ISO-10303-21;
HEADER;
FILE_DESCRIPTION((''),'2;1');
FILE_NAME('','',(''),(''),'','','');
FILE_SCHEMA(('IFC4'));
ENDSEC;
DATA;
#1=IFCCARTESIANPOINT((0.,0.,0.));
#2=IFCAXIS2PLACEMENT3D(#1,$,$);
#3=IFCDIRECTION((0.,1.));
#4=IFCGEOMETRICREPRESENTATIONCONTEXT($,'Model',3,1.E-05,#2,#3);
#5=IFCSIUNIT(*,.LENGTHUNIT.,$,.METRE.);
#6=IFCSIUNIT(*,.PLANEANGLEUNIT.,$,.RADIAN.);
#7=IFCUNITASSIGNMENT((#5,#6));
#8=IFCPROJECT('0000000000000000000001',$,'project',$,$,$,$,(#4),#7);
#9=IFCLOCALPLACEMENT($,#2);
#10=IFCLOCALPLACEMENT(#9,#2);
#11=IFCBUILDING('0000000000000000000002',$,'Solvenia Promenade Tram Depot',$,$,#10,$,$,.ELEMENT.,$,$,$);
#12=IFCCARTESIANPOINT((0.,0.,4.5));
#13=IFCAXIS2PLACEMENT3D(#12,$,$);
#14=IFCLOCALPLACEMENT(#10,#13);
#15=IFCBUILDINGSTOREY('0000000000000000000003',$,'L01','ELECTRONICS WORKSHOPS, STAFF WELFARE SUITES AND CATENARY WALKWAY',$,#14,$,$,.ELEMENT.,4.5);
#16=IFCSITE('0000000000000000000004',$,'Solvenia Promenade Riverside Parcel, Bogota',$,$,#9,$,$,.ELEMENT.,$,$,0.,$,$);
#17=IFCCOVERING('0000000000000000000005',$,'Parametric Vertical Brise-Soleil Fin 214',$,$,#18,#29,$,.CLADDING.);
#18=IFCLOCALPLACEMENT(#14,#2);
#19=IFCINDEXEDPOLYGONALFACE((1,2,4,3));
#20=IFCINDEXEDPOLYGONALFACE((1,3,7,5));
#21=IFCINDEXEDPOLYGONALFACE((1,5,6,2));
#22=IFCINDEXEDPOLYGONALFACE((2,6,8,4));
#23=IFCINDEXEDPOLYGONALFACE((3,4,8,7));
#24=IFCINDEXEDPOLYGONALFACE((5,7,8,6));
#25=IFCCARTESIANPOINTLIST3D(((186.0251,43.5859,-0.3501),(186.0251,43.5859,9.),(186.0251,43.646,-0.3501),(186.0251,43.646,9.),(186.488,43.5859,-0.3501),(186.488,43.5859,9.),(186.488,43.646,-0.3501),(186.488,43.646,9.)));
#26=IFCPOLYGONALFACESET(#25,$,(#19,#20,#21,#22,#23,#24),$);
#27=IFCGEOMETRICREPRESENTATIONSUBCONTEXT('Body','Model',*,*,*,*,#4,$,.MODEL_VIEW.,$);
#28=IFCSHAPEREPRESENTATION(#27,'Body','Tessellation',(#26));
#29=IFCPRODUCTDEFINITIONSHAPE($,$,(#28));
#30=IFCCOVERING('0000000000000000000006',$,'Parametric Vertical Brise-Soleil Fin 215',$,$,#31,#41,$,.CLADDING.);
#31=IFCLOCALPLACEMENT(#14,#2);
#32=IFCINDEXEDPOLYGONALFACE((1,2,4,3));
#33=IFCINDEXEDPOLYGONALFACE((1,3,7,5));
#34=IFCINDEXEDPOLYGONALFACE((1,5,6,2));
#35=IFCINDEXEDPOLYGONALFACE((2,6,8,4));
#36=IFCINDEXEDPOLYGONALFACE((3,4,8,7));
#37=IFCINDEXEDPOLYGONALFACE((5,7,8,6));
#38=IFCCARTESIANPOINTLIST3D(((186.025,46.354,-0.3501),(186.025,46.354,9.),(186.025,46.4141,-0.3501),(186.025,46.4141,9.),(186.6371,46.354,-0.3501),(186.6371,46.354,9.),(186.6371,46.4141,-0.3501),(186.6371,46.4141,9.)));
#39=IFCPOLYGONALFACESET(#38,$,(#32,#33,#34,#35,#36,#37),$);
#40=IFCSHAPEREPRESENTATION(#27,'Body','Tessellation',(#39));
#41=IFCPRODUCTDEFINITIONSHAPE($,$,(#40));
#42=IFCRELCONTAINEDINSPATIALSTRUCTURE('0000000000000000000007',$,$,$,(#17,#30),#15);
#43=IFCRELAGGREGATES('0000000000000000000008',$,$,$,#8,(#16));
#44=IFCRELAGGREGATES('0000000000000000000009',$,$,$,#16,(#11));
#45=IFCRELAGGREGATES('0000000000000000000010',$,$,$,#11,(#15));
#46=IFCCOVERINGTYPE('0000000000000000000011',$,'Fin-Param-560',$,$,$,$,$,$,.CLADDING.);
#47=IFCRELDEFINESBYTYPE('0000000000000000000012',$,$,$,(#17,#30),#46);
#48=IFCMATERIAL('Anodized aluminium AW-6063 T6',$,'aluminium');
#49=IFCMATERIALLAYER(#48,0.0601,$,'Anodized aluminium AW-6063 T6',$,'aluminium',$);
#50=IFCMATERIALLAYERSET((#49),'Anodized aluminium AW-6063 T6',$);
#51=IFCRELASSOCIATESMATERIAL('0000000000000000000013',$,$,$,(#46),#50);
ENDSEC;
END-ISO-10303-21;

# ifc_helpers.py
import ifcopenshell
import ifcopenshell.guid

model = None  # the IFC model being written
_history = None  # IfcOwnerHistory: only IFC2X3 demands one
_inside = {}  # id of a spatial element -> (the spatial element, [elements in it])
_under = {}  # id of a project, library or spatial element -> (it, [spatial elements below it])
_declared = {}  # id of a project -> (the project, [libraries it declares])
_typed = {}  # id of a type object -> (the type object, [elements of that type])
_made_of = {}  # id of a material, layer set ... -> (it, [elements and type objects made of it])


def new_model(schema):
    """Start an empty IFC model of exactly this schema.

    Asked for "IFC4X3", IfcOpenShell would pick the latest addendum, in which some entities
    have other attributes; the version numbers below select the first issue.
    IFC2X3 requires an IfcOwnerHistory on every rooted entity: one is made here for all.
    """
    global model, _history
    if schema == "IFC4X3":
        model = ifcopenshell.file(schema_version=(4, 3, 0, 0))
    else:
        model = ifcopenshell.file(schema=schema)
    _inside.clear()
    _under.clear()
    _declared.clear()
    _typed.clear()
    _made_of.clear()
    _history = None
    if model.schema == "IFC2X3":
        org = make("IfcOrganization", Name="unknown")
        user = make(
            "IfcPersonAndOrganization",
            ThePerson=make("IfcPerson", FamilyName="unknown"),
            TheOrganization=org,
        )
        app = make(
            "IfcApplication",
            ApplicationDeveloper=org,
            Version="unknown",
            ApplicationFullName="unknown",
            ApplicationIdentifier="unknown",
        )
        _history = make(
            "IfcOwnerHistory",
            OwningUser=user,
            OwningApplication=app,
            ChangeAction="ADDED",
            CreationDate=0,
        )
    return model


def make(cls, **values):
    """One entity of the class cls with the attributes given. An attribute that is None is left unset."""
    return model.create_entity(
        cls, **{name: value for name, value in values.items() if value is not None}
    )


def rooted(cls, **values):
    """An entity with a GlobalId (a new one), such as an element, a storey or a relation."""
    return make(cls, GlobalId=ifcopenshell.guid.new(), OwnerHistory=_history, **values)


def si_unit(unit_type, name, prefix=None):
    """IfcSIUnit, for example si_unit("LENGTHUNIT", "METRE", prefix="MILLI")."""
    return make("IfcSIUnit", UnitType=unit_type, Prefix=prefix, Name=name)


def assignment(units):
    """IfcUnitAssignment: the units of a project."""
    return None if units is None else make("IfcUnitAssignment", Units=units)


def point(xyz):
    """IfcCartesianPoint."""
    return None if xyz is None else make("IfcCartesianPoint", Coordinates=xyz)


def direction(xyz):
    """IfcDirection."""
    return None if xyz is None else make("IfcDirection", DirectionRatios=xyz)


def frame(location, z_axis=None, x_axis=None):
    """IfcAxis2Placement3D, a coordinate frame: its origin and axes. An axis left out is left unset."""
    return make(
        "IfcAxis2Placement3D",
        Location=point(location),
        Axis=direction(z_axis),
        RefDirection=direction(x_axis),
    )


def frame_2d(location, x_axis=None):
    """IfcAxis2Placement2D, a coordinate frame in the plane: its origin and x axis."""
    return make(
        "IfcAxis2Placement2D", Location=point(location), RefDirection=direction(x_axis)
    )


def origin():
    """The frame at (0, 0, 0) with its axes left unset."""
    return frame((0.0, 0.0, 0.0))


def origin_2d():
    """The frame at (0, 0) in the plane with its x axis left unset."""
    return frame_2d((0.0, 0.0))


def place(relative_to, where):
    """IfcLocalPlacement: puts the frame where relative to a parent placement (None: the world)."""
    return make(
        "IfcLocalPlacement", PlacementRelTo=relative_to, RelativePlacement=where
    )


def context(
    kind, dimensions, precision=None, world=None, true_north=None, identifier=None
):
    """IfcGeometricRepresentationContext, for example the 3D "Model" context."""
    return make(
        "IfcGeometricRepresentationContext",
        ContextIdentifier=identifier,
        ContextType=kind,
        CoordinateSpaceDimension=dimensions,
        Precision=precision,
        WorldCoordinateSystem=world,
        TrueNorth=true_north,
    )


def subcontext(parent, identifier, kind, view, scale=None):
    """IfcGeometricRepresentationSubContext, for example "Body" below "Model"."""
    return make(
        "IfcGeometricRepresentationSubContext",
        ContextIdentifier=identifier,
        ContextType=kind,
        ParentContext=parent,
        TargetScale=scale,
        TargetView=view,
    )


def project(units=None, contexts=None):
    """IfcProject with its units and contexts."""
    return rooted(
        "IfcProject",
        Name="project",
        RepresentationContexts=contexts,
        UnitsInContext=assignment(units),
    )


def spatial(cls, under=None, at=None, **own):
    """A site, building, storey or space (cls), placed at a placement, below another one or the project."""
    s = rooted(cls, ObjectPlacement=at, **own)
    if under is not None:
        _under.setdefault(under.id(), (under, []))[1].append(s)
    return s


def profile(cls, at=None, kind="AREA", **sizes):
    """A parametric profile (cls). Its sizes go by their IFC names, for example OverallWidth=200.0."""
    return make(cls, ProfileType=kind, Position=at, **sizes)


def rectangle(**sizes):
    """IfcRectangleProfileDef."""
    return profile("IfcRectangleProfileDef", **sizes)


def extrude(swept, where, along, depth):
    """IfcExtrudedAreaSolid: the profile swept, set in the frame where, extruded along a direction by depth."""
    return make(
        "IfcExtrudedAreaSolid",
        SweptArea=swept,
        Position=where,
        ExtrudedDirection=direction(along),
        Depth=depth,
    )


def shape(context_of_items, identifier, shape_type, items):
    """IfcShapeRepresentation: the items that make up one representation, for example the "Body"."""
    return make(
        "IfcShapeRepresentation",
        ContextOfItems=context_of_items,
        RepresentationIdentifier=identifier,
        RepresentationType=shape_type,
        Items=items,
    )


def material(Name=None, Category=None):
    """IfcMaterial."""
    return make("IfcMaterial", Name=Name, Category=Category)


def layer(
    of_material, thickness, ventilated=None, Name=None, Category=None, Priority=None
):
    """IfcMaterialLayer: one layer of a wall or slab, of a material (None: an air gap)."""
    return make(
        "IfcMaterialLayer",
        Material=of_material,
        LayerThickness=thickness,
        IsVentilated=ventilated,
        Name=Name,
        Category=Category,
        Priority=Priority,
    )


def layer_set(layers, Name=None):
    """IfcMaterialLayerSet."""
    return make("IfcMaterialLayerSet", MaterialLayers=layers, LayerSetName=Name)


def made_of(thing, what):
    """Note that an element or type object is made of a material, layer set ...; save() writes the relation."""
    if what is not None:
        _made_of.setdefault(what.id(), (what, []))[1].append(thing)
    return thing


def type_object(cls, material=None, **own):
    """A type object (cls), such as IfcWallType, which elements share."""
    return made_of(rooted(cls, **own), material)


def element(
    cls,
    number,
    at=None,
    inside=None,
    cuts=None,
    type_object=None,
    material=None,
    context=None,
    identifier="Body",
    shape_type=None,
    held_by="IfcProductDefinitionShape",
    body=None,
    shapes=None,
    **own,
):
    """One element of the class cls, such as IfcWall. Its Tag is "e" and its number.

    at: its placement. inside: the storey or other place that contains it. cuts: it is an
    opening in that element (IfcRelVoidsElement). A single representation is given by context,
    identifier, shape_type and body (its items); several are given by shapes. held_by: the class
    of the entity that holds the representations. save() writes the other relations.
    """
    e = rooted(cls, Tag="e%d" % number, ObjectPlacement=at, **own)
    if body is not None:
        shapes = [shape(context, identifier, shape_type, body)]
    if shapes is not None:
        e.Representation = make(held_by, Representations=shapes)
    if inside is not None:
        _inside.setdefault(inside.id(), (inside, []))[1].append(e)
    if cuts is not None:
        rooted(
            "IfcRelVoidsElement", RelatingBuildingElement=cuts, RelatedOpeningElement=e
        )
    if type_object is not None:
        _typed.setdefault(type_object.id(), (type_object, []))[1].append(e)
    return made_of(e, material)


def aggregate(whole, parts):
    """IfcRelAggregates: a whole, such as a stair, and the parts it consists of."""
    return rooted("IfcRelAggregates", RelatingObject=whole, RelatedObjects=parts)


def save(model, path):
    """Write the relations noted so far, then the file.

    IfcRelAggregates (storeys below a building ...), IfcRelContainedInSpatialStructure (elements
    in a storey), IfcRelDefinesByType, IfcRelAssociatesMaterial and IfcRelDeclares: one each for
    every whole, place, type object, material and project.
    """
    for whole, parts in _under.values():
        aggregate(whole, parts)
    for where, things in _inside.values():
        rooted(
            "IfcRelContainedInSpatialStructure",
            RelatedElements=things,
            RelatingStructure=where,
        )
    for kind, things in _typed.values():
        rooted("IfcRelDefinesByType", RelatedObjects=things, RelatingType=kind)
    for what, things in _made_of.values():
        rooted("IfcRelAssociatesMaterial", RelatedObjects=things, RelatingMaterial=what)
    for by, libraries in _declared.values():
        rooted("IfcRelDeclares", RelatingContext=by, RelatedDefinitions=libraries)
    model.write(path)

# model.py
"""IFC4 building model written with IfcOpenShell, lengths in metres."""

from ifc_helpers import new_model, si_unit, direction, frame, origin, origin_2d, place, context, subcontext, project, spatial, rectangle, extrude, material, layer, layer_set, type_object, element, save


model = new_model("IFC4")

# Units and contexts
model_context = context("Model", 3, precision=1e-05, world=origin(), true_north=direction((0.0, 1.0)))
body_context = subcontext(model_context, "Body", "Model", "MODEL_VIEW")
ifc_project = project(units=[si_unit("LENGTHUNIT", "METRE"), si_unit("PLANEANGLEUNIT", "RADIAN")], contexts=[model_context])

# Site, building, storey
site_placement = place(None, origin())
site = spatial("IfcSite", under=ifc_project, at=site_placement, Name="Solvenia Promenade Riverside Parcel, Bogota", CompositionType="ELEMENT", RefElevation=0.0)
building_placement = place(site_placement, origin())
building = spatial("IfcBuilding", under=site, at=building_placement, Name="Solvenia Promenade Tram Depot", CompositionType="ELEMENT")
storey_placement = place(building_placement, frame((0.0, 0.0, 4.5)))
storey = spatial("IfcBuildingStorey", under=building, at=storey_placement, Name="L01", Description="ELECTRONICS WORKSHOPS, STAFF WELFARE SUITES AND CATENARY WALKWAY", CompositionType="ELEMENT", Elevation=4.5)

# Shared definitions
ifc_material_1 = material(Name="Anodized aluminium AW-6063 T6", Category="aluminium")

# Coverings
ifc_layer_1 = layer(ifc_material_1, 0.0601, Name="Anodized aluminium AW-6063 T6", Category="aluminium")
ifc_layer_set_1 = layer_set([ifc_layer_1], Name="Anodized aluminium AW-6063 T6")
covering_type = type_object("IfcCoveringType", Name="Fin-Param-560", PredefinedType="CLADDING", material=ifc_layer_set_1)
covering_1_placement = place(storey_placement, frame((186.2566, 43.616, -0.3501), z_axis=(0.0, 0.0, 1.0), x_axis=(0.0, 1.0, 0.0)))
element("IfcCovering", 1, at=covering_1_placement, inside=storey, type_object=covering_type, Name="Parametric Vertical Brise-Soleil Fin 214", PredefinedType="CLADDING", context=body_context, shape_type="SweptSolid", body=[
    extrude(rectangle(XDim=0.0601, YDim=0.4629, at=origin_2d()), origin(), (0.0, 0.0, 1.0), 9.3501),
])
covering_2_placement = place(storey_placement, frame((186.3311, 46.384, -0.3501), z_axis=(0.0, 0.0, 1.0), x_axis=(0.0, 1.0, 0.0)))
element("IfcCovering", 2, at=covering_2_placement, inside=storey, type_object=covering_type, Name="Parametric Vertical Brise-Soleil Fin 215", PredefinedType="CLADDING", context=body_context, shape_type="SweptSolid", body=[
    extrude(rectangle(XDim=0.0601, YDim=0.6121, at=origin_2d()), origin(), (0.0, 0.0, 1.0), 9.3501),
])

save(model, "model.ifc")
